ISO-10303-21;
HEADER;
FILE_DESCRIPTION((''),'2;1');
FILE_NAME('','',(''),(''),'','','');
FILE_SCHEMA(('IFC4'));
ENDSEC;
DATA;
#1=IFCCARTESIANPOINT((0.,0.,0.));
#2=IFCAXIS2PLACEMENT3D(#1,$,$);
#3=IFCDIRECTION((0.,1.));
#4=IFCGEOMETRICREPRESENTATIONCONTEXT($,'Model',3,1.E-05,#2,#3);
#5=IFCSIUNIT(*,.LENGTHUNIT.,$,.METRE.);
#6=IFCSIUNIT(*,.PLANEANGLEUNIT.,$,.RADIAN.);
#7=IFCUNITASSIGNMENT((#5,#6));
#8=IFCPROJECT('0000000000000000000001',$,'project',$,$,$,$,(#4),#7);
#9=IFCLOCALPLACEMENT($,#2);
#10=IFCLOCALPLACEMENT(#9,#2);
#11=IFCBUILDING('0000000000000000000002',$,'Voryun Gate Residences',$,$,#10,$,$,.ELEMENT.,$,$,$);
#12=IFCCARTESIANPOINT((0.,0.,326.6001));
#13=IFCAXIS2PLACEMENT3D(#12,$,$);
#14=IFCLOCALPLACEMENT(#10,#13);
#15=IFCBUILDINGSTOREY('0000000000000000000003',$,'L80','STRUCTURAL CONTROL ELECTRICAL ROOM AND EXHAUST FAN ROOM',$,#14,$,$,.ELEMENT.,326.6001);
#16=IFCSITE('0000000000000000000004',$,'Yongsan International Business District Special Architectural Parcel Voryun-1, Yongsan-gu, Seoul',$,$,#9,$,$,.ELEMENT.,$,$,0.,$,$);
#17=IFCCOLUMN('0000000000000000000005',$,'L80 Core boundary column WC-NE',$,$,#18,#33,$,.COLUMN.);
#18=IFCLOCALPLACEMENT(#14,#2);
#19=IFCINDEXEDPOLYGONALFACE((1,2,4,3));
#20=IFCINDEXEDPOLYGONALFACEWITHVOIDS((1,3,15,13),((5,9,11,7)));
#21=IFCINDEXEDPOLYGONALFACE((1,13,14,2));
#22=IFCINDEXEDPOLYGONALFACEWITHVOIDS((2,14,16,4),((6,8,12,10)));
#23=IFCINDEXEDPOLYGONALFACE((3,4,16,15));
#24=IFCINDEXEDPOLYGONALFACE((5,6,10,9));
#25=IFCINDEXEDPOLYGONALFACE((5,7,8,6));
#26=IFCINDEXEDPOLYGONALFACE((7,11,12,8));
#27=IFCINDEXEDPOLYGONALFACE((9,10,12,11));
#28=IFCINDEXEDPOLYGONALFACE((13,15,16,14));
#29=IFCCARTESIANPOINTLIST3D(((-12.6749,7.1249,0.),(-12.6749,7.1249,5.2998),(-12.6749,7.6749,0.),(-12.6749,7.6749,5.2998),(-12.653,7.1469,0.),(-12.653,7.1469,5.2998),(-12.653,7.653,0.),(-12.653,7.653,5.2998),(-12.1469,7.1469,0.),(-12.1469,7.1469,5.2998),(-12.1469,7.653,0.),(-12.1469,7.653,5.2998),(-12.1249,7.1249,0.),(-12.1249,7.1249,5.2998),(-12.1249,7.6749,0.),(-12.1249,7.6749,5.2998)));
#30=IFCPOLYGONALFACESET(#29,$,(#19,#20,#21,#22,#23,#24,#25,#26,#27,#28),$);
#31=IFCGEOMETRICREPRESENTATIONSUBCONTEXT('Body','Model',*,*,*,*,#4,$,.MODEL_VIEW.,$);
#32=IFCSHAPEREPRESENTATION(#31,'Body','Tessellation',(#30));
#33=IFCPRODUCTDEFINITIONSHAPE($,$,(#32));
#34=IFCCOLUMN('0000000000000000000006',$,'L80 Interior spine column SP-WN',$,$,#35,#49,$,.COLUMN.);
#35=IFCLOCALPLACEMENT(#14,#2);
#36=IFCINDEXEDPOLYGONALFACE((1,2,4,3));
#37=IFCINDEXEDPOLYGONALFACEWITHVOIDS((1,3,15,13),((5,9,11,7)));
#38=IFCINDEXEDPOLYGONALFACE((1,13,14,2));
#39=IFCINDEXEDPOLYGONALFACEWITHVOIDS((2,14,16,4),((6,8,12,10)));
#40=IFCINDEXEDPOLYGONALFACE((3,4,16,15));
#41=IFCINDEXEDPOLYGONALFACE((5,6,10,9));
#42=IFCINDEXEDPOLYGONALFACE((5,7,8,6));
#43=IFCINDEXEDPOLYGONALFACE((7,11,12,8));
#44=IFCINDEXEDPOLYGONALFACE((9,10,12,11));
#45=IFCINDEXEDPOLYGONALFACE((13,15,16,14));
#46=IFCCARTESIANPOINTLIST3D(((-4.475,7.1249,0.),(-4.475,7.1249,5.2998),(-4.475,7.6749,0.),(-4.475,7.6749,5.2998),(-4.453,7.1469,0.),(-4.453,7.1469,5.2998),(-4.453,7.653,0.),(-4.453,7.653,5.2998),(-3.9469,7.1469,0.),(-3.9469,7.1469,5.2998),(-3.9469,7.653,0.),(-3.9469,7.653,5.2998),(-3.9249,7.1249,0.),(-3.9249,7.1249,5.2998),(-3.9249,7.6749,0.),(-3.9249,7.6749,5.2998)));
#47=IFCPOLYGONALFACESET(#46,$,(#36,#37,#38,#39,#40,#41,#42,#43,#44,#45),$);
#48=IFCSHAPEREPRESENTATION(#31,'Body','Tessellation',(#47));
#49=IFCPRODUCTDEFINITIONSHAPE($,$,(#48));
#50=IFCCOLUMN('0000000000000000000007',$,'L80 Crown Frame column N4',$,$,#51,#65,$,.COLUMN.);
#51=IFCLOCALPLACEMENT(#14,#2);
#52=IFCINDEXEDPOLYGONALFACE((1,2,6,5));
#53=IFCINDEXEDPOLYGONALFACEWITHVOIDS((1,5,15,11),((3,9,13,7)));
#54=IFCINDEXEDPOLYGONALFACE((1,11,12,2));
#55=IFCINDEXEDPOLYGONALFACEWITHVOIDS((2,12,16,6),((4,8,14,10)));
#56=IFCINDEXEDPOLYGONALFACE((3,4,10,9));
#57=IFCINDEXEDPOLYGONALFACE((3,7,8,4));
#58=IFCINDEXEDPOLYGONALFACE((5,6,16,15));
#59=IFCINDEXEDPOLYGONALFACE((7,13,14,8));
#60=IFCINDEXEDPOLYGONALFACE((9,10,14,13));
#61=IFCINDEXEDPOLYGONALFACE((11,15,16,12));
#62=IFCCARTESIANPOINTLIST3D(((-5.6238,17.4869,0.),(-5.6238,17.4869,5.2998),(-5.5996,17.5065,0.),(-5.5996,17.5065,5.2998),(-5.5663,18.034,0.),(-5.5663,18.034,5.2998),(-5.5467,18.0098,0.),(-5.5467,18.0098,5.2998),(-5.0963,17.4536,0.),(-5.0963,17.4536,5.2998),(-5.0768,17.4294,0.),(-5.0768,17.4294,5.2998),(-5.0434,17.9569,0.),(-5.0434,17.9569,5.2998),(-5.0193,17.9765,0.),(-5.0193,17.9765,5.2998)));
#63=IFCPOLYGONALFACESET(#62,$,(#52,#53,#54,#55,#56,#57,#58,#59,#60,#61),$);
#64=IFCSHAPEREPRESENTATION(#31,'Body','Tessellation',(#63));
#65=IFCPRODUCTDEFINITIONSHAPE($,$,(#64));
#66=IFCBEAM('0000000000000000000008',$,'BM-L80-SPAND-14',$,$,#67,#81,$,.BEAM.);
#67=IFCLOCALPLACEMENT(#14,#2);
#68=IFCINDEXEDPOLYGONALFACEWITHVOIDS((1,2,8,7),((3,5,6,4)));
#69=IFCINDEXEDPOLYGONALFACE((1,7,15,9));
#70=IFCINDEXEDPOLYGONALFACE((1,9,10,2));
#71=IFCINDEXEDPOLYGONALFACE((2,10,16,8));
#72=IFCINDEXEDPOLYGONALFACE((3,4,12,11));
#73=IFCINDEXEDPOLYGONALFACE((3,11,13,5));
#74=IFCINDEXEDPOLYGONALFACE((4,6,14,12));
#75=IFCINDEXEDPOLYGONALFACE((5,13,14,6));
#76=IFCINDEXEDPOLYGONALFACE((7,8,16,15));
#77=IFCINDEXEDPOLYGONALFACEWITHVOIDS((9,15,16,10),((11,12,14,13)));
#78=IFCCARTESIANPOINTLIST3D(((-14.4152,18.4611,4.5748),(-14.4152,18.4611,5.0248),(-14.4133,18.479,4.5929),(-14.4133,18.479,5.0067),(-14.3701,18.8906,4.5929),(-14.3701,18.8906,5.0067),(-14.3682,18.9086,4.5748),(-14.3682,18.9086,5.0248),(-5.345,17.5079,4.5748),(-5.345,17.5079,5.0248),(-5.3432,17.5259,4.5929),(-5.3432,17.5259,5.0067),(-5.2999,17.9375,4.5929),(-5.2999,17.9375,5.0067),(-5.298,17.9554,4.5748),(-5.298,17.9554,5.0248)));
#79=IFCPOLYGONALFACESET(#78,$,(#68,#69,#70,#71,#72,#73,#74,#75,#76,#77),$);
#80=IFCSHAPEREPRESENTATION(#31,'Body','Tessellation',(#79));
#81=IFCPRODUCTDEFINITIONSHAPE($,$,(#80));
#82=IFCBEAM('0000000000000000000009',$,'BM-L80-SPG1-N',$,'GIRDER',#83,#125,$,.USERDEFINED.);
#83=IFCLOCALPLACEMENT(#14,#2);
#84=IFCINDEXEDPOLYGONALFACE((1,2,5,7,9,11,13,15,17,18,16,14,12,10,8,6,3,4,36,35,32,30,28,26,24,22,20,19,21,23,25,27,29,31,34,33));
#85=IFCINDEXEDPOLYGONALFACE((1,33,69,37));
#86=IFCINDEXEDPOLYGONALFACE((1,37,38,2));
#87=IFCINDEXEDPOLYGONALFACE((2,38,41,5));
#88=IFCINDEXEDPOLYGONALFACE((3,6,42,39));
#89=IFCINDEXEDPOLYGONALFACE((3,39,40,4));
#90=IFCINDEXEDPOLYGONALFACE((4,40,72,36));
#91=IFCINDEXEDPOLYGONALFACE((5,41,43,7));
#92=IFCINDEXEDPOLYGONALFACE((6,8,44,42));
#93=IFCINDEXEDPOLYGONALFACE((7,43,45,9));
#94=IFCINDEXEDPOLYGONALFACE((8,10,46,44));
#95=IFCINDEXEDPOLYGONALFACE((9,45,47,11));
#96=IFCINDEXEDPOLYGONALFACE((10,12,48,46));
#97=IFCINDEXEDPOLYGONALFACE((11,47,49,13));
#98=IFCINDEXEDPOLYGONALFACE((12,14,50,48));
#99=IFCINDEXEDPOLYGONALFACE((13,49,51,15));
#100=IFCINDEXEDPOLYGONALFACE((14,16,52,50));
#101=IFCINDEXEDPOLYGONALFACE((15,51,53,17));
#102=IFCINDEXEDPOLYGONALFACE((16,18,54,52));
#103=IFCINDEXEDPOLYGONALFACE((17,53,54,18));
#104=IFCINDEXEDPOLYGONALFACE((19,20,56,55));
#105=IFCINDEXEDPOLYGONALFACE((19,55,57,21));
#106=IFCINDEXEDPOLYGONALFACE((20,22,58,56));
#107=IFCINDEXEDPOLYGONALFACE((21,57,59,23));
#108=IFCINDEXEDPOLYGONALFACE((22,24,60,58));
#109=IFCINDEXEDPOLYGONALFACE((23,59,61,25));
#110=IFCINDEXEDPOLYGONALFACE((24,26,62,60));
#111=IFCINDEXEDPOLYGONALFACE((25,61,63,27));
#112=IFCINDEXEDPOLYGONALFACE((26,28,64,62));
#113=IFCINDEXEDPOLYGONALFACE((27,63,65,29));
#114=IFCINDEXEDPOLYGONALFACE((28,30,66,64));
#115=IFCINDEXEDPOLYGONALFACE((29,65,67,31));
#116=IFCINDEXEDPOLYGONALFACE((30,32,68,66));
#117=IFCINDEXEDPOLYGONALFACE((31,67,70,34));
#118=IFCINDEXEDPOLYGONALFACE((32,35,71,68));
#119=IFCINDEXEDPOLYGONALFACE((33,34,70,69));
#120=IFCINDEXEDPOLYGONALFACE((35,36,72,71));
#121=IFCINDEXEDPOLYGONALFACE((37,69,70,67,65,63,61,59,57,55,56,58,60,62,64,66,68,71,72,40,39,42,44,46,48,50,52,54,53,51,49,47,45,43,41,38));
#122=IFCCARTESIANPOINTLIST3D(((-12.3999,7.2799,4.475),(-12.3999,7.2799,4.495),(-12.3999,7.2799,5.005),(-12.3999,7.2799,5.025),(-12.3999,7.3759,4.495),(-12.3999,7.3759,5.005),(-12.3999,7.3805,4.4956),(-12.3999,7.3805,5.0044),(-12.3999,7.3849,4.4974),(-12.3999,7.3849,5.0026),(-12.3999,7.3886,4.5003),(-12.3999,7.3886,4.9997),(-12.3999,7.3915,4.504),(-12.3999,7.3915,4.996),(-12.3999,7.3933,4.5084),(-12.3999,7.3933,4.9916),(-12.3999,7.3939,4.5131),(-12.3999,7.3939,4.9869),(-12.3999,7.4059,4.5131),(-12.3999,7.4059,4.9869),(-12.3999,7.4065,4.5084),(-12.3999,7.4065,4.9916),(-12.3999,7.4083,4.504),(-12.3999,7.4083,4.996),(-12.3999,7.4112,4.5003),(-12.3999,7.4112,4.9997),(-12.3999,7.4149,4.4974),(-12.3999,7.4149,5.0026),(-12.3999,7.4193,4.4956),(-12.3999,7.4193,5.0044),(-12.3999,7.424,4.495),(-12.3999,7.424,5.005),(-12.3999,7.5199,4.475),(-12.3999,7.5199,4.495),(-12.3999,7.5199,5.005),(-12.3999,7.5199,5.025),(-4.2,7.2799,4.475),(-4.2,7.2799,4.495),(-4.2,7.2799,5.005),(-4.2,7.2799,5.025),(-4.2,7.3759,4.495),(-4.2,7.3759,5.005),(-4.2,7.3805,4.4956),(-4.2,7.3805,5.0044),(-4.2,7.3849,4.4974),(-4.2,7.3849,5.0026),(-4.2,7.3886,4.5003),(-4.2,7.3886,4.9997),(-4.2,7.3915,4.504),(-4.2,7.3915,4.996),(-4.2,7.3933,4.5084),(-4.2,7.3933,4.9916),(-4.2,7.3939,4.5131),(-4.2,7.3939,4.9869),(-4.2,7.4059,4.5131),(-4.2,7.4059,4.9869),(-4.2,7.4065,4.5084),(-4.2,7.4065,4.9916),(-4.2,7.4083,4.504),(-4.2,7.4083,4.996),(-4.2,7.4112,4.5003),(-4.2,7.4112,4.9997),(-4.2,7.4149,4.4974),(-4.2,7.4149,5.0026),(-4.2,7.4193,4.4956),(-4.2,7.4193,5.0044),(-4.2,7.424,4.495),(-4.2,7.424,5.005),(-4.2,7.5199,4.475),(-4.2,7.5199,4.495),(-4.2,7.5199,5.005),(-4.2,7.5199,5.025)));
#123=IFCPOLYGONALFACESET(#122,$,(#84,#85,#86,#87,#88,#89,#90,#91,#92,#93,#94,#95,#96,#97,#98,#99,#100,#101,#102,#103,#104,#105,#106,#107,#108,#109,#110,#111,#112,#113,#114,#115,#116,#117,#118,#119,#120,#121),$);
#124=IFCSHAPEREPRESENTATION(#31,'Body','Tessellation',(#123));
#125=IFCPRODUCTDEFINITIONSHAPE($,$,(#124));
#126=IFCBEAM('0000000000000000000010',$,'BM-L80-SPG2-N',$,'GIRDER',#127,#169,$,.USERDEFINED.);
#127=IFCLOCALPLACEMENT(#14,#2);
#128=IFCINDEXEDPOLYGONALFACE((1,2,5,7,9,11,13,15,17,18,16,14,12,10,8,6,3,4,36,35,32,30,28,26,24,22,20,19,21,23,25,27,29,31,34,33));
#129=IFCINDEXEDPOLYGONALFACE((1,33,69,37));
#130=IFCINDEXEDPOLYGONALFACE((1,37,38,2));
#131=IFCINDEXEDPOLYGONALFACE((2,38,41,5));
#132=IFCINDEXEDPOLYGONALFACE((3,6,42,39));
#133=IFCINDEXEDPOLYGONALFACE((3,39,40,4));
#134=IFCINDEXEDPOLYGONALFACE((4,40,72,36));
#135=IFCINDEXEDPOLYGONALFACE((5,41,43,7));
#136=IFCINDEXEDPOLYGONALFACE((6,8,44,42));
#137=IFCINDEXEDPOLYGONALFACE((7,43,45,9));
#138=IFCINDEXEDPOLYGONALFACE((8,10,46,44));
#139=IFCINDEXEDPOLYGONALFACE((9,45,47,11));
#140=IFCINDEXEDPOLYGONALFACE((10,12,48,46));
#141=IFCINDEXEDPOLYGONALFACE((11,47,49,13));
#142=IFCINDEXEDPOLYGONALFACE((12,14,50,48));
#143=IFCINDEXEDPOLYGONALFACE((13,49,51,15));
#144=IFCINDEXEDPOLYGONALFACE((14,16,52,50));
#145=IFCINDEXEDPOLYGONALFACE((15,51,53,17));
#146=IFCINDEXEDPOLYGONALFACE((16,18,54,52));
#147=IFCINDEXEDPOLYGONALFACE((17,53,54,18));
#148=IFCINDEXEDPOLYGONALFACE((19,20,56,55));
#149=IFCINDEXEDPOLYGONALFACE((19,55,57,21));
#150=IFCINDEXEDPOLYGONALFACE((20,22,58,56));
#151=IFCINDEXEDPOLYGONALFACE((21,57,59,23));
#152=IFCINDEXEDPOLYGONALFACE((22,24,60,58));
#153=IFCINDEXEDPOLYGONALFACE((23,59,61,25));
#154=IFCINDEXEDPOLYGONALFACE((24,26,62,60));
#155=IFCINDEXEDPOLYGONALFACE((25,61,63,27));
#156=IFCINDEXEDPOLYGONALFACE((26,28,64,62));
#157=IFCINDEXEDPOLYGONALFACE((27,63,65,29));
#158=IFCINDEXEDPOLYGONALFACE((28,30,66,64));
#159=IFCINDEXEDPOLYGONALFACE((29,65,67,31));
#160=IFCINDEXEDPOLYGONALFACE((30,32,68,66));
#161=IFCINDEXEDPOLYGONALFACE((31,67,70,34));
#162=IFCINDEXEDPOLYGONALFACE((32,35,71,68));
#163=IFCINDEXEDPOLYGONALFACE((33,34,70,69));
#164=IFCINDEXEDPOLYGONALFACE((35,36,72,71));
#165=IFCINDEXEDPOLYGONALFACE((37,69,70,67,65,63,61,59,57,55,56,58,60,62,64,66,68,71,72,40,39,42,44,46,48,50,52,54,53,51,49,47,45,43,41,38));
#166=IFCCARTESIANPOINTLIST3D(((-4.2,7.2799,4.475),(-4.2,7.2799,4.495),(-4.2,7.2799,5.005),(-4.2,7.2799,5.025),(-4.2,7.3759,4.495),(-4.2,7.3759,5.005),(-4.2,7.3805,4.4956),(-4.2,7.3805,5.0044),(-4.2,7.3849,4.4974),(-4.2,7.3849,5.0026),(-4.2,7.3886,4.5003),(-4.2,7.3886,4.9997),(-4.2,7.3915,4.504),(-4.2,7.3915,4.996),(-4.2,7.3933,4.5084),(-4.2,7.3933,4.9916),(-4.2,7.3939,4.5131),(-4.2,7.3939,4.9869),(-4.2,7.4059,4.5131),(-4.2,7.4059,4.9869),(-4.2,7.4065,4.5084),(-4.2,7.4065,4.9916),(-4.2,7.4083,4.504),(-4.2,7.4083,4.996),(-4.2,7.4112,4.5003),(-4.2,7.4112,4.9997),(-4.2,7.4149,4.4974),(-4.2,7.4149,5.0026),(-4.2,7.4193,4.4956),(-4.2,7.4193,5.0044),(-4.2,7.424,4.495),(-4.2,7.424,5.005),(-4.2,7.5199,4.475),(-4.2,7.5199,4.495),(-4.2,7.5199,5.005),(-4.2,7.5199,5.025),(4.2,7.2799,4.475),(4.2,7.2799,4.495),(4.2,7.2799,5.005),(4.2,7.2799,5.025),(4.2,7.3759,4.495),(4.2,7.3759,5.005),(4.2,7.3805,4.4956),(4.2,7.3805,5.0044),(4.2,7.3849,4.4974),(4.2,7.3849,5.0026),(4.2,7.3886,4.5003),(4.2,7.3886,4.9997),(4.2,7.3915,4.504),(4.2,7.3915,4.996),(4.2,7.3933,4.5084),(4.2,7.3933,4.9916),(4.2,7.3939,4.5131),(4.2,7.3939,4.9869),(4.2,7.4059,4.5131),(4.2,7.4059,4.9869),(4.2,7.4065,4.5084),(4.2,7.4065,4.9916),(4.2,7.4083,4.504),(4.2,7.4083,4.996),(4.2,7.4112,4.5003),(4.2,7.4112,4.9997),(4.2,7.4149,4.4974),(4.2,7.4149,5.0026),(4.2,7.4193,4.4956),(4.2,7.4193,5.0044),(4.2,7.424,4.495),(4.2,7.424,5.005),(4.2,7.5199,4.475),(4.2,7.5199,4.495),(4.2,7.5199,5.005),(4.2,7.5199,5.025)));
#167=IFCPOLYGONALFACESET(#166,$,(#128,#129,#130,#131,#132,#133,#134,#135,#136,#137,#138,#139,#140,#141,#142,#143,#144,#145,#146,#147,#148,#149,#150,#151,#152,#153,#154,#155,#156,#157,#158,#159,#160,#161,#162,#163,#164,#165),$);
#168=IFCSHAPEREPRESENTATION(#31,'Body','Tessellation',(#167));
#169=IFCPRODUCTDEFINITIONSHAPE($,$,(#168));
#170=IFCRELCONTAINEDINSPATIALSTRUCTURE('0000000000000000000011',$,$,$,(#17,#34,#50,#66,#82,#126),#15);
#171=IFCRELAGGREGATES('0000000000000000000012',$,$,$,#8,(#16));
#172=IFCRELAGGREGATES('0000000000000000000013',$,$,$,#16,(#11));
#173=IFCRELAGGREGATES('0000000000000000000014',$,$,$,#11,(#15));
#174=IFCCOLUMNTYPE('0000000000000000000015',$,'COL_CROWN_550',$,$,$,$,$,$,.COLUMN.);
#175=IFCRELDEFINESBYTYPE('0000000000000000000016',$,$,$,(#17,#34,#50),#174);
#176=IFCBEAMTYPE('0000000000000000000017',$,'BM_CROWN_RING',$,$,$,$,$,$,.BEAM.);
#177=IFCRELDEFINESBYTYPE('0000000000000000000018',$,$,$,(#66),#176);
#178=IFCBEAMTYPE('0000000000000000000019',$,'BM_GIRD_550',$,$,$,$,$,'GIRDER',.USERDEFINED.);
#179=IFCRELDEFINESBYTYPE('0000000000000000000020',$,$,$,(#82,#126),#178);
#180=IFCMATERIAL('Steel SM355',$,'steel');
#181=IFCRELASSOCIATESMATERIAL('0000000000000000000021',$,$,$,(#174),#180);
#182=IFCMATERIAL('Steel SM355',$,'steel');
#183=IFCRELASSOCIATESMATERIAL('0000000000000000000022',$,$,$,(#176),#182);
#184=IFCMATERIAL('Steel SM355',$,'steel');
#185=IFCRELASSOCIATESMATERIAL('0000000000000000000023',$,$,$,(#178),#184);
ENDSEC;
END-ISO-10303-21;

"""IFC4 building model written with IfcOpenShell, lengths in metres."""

from ifc_helpers import new_model, si_unit, direction, frame, origin, origin_2d, place, context, subcontext, project, spatial, hollow_rectangle, i_section, extrude, material, material_profile, profile_set, type_object, element, save


model = new_model("IFC4")

# Units and contexts
model_context = context("Model", 3, precision=1e-05, world=origin(), true_north=direction((0.0, 1.0)))
body_context = subcontext(model_context, "Body", "Model", "MODEL_VIEW")
ifc_project = project(units=[si_unit("LENGTHUNIT", "METRE"), si_unit("PLANEANGLEUNIT", "RADIAN")], contexts=[model_context])

# Site, building, storey
site_placement = place(None, origin())
site = spatial("IfcSite", under=ifc_project, at=site_placement, Name="Yongsan International Business District Special Architectural Parcel Voryun-1, Yongsan-gu, Seoul", CompositionType="ELEMENT", RefElevation=0.0)
building_placement = place(site_placement, origin())
building = spatial("IfcBuilding", under=site, at=building_placement, Name="Voryun Gate Residences", CompositionType="ELEMENT")
storey_placement = place(building_placement, frame((0.0, 0.0, 326.6001)))
storey = spatial("IfcBuildingStorey", under=building, at=storey_placement, Name="L80", Description="STRUCTURAL CONTROL ELECTRICAL ROOM AND EXHAUST FAN ROOM", CompositionType="ELEMENT", Elevation=326.6001)

# Columns
ifc_material_1 = material(Name="Steel SM355", Category="steel")
ifc_material_profile_1 = material_profile(ifc_material_1, hollow_rectangle(XDim=0.55, YDim=0.55, WallThickness=0.022, at=origin_2d()), Name="BOX-550x550x22")
ifc_profile_set_1 = profile_set([ifc_material_profile_1], Name="Steel SM355")
column_type = type_object("IfcColumnType", Name="COL_CROWN_550", PredefinedType="COLUMN", material=ifc_profile_set_1)
for number, where, z_axis, x_axis, name in (
    (1, (-12.3999, 7.3999, 0.0), (0.0, 0.0, 1.0), (1.0, 0.0, 0.0), "L80 Core boundary column WC-NE"),
    (2, (-4.2, 7.3999, 0.0), (0.0, 0.0, 1.0), (1.0, 0.0, 0.0), "L80 Interior spine column SP-WN"),
    (3, (-5.3215, 17.7317, 0.0), (0.0, 0.0, 1.0), (0.994522, -0.104528, 0.0), "L80 Crown Frame column N4"),
):
    element("IfcColumn", number, at=place(storey_placement, frame(where, z_axis=z_axis, x_axis=x_axis)), inside=storey, type_object=column_type, Name=name, PredefinedType="COLUMN", context=body_context, shape_type="SweptSolid", body=[
        extrude(hollow_rectangle(XDim=0.55, YDim=0.55, WallThickness=0.022, at=origin_2d()), origin(), (0.0, 0.0, 1.0), 5.2998),
    ])

# Beams
ifc_material_2 = material(Name="Steel SM355", Category="steel")
ifc_material_profile_2 = material_profile(ifc_material_2, hollow_rectangle(XDim=0.45, YDim=0.45, WallThickness=0.0181, at=origin_2d()), Name="BOX-450x450x18")
ifc_profile_set_2 = profile_set([ifc_material_profile_2], Name="Steel SM355")
beam_type_1 = type_object("IfcBeamType", Name="BM_CROWN_RING", PredefinedType="BEAM", material=ifc_profile_set_2)
beam_1_placement = place(storey_placement, frame((-5.3215, 17.7317, 4.7998), z_axis=(-0.994524, 0.104509, 0.0), x_axis=(-0.104509, -0.994524, 0.0)))
element("IfcBeam", 4, at=beam_1_placement, inside=storey, type_object=beam_type_1, Name="BM-L80-SPAND-14", PredefinedType="BEAM", context=body_context, shape_type="SweptSolid", body=[
    extrude(hollow_rectangle(XDim=0.45, YDim=0.45, WallThickness=0.0181, at=origin_2d()), origin(), (0.0, 0.0, 1.0), 9.1201),
])
ifc_material_3 = material(Name="Steel SM355", Category="steel")
ifc_material_profile_3 = material_profile(ifc_material_3, i_section(OverallWidth=0.24, OverallDepth=0.55, WebThickness=0.012, FlangeThickness=0.02, FilletRadius=0.0181, at=origin_2d()), Name="H-550x240x12x20")
ifc_profile_set_3 = profile_set([ifc_material_profile_3], Name="Steel SM355")
beam_type_2 = type_object("IfcBeamType", Name="BM_GIRD_550", ElementType="GIRDER", PredefinedType="USERDEFINED", material=ifc_profile_set_3)
beam_2_placement = place(storey_placement, frame((-12.3999, 7.3999, 4.75), z_axis=(1.0, 0.0, 0.0), x_axis=(0.0, 1.0, 0.0)))
element("IfcBeam", 5, at=beam_2_placement, inside=storey, type_object=beam_type_2, Name="BM-L80-SPG1-N", ObjectType="GIRDER", PredefinedType="USERDEFINED", context=body_context, shape_type="SweptSolid", body=[
    extrude(i_section(OverallWidth=0.24, OverallDepth=0.55, WebThickness=0.012, FlangeThickness=0.02, FilletRadius=0.0181, at=origin_2d()), origin(), (0.0, 0.0, 1.0), 8.2),
])
beam_3_placement = place(storey_placement, frame((-4.2, 7.3999, 4.75), z_axis=(1.0, 0.0, 0.0), x_axis=(0.0, 1.0, 0.0)))
element("IfcBeam", 6, at=beam_3_placement, inside=storey, type_object=beam_type_2, Name="BM-L80-SPG2-N", ObjectType="GIRDER", PredefinedType="USERDEFINED", context=body_context, shape_type="SweptSolid", body=[
    extrude(i_section(OverallWidth=0.24, OverallDepth=0.55, WebThickness=0.012, FlangeThickness=0.02, FilletRadius=0.0181, at=origin_2d()), origin(), (0.0, 0.0, 1.0), 8.3999),
])

save(model, "model.ifc")
